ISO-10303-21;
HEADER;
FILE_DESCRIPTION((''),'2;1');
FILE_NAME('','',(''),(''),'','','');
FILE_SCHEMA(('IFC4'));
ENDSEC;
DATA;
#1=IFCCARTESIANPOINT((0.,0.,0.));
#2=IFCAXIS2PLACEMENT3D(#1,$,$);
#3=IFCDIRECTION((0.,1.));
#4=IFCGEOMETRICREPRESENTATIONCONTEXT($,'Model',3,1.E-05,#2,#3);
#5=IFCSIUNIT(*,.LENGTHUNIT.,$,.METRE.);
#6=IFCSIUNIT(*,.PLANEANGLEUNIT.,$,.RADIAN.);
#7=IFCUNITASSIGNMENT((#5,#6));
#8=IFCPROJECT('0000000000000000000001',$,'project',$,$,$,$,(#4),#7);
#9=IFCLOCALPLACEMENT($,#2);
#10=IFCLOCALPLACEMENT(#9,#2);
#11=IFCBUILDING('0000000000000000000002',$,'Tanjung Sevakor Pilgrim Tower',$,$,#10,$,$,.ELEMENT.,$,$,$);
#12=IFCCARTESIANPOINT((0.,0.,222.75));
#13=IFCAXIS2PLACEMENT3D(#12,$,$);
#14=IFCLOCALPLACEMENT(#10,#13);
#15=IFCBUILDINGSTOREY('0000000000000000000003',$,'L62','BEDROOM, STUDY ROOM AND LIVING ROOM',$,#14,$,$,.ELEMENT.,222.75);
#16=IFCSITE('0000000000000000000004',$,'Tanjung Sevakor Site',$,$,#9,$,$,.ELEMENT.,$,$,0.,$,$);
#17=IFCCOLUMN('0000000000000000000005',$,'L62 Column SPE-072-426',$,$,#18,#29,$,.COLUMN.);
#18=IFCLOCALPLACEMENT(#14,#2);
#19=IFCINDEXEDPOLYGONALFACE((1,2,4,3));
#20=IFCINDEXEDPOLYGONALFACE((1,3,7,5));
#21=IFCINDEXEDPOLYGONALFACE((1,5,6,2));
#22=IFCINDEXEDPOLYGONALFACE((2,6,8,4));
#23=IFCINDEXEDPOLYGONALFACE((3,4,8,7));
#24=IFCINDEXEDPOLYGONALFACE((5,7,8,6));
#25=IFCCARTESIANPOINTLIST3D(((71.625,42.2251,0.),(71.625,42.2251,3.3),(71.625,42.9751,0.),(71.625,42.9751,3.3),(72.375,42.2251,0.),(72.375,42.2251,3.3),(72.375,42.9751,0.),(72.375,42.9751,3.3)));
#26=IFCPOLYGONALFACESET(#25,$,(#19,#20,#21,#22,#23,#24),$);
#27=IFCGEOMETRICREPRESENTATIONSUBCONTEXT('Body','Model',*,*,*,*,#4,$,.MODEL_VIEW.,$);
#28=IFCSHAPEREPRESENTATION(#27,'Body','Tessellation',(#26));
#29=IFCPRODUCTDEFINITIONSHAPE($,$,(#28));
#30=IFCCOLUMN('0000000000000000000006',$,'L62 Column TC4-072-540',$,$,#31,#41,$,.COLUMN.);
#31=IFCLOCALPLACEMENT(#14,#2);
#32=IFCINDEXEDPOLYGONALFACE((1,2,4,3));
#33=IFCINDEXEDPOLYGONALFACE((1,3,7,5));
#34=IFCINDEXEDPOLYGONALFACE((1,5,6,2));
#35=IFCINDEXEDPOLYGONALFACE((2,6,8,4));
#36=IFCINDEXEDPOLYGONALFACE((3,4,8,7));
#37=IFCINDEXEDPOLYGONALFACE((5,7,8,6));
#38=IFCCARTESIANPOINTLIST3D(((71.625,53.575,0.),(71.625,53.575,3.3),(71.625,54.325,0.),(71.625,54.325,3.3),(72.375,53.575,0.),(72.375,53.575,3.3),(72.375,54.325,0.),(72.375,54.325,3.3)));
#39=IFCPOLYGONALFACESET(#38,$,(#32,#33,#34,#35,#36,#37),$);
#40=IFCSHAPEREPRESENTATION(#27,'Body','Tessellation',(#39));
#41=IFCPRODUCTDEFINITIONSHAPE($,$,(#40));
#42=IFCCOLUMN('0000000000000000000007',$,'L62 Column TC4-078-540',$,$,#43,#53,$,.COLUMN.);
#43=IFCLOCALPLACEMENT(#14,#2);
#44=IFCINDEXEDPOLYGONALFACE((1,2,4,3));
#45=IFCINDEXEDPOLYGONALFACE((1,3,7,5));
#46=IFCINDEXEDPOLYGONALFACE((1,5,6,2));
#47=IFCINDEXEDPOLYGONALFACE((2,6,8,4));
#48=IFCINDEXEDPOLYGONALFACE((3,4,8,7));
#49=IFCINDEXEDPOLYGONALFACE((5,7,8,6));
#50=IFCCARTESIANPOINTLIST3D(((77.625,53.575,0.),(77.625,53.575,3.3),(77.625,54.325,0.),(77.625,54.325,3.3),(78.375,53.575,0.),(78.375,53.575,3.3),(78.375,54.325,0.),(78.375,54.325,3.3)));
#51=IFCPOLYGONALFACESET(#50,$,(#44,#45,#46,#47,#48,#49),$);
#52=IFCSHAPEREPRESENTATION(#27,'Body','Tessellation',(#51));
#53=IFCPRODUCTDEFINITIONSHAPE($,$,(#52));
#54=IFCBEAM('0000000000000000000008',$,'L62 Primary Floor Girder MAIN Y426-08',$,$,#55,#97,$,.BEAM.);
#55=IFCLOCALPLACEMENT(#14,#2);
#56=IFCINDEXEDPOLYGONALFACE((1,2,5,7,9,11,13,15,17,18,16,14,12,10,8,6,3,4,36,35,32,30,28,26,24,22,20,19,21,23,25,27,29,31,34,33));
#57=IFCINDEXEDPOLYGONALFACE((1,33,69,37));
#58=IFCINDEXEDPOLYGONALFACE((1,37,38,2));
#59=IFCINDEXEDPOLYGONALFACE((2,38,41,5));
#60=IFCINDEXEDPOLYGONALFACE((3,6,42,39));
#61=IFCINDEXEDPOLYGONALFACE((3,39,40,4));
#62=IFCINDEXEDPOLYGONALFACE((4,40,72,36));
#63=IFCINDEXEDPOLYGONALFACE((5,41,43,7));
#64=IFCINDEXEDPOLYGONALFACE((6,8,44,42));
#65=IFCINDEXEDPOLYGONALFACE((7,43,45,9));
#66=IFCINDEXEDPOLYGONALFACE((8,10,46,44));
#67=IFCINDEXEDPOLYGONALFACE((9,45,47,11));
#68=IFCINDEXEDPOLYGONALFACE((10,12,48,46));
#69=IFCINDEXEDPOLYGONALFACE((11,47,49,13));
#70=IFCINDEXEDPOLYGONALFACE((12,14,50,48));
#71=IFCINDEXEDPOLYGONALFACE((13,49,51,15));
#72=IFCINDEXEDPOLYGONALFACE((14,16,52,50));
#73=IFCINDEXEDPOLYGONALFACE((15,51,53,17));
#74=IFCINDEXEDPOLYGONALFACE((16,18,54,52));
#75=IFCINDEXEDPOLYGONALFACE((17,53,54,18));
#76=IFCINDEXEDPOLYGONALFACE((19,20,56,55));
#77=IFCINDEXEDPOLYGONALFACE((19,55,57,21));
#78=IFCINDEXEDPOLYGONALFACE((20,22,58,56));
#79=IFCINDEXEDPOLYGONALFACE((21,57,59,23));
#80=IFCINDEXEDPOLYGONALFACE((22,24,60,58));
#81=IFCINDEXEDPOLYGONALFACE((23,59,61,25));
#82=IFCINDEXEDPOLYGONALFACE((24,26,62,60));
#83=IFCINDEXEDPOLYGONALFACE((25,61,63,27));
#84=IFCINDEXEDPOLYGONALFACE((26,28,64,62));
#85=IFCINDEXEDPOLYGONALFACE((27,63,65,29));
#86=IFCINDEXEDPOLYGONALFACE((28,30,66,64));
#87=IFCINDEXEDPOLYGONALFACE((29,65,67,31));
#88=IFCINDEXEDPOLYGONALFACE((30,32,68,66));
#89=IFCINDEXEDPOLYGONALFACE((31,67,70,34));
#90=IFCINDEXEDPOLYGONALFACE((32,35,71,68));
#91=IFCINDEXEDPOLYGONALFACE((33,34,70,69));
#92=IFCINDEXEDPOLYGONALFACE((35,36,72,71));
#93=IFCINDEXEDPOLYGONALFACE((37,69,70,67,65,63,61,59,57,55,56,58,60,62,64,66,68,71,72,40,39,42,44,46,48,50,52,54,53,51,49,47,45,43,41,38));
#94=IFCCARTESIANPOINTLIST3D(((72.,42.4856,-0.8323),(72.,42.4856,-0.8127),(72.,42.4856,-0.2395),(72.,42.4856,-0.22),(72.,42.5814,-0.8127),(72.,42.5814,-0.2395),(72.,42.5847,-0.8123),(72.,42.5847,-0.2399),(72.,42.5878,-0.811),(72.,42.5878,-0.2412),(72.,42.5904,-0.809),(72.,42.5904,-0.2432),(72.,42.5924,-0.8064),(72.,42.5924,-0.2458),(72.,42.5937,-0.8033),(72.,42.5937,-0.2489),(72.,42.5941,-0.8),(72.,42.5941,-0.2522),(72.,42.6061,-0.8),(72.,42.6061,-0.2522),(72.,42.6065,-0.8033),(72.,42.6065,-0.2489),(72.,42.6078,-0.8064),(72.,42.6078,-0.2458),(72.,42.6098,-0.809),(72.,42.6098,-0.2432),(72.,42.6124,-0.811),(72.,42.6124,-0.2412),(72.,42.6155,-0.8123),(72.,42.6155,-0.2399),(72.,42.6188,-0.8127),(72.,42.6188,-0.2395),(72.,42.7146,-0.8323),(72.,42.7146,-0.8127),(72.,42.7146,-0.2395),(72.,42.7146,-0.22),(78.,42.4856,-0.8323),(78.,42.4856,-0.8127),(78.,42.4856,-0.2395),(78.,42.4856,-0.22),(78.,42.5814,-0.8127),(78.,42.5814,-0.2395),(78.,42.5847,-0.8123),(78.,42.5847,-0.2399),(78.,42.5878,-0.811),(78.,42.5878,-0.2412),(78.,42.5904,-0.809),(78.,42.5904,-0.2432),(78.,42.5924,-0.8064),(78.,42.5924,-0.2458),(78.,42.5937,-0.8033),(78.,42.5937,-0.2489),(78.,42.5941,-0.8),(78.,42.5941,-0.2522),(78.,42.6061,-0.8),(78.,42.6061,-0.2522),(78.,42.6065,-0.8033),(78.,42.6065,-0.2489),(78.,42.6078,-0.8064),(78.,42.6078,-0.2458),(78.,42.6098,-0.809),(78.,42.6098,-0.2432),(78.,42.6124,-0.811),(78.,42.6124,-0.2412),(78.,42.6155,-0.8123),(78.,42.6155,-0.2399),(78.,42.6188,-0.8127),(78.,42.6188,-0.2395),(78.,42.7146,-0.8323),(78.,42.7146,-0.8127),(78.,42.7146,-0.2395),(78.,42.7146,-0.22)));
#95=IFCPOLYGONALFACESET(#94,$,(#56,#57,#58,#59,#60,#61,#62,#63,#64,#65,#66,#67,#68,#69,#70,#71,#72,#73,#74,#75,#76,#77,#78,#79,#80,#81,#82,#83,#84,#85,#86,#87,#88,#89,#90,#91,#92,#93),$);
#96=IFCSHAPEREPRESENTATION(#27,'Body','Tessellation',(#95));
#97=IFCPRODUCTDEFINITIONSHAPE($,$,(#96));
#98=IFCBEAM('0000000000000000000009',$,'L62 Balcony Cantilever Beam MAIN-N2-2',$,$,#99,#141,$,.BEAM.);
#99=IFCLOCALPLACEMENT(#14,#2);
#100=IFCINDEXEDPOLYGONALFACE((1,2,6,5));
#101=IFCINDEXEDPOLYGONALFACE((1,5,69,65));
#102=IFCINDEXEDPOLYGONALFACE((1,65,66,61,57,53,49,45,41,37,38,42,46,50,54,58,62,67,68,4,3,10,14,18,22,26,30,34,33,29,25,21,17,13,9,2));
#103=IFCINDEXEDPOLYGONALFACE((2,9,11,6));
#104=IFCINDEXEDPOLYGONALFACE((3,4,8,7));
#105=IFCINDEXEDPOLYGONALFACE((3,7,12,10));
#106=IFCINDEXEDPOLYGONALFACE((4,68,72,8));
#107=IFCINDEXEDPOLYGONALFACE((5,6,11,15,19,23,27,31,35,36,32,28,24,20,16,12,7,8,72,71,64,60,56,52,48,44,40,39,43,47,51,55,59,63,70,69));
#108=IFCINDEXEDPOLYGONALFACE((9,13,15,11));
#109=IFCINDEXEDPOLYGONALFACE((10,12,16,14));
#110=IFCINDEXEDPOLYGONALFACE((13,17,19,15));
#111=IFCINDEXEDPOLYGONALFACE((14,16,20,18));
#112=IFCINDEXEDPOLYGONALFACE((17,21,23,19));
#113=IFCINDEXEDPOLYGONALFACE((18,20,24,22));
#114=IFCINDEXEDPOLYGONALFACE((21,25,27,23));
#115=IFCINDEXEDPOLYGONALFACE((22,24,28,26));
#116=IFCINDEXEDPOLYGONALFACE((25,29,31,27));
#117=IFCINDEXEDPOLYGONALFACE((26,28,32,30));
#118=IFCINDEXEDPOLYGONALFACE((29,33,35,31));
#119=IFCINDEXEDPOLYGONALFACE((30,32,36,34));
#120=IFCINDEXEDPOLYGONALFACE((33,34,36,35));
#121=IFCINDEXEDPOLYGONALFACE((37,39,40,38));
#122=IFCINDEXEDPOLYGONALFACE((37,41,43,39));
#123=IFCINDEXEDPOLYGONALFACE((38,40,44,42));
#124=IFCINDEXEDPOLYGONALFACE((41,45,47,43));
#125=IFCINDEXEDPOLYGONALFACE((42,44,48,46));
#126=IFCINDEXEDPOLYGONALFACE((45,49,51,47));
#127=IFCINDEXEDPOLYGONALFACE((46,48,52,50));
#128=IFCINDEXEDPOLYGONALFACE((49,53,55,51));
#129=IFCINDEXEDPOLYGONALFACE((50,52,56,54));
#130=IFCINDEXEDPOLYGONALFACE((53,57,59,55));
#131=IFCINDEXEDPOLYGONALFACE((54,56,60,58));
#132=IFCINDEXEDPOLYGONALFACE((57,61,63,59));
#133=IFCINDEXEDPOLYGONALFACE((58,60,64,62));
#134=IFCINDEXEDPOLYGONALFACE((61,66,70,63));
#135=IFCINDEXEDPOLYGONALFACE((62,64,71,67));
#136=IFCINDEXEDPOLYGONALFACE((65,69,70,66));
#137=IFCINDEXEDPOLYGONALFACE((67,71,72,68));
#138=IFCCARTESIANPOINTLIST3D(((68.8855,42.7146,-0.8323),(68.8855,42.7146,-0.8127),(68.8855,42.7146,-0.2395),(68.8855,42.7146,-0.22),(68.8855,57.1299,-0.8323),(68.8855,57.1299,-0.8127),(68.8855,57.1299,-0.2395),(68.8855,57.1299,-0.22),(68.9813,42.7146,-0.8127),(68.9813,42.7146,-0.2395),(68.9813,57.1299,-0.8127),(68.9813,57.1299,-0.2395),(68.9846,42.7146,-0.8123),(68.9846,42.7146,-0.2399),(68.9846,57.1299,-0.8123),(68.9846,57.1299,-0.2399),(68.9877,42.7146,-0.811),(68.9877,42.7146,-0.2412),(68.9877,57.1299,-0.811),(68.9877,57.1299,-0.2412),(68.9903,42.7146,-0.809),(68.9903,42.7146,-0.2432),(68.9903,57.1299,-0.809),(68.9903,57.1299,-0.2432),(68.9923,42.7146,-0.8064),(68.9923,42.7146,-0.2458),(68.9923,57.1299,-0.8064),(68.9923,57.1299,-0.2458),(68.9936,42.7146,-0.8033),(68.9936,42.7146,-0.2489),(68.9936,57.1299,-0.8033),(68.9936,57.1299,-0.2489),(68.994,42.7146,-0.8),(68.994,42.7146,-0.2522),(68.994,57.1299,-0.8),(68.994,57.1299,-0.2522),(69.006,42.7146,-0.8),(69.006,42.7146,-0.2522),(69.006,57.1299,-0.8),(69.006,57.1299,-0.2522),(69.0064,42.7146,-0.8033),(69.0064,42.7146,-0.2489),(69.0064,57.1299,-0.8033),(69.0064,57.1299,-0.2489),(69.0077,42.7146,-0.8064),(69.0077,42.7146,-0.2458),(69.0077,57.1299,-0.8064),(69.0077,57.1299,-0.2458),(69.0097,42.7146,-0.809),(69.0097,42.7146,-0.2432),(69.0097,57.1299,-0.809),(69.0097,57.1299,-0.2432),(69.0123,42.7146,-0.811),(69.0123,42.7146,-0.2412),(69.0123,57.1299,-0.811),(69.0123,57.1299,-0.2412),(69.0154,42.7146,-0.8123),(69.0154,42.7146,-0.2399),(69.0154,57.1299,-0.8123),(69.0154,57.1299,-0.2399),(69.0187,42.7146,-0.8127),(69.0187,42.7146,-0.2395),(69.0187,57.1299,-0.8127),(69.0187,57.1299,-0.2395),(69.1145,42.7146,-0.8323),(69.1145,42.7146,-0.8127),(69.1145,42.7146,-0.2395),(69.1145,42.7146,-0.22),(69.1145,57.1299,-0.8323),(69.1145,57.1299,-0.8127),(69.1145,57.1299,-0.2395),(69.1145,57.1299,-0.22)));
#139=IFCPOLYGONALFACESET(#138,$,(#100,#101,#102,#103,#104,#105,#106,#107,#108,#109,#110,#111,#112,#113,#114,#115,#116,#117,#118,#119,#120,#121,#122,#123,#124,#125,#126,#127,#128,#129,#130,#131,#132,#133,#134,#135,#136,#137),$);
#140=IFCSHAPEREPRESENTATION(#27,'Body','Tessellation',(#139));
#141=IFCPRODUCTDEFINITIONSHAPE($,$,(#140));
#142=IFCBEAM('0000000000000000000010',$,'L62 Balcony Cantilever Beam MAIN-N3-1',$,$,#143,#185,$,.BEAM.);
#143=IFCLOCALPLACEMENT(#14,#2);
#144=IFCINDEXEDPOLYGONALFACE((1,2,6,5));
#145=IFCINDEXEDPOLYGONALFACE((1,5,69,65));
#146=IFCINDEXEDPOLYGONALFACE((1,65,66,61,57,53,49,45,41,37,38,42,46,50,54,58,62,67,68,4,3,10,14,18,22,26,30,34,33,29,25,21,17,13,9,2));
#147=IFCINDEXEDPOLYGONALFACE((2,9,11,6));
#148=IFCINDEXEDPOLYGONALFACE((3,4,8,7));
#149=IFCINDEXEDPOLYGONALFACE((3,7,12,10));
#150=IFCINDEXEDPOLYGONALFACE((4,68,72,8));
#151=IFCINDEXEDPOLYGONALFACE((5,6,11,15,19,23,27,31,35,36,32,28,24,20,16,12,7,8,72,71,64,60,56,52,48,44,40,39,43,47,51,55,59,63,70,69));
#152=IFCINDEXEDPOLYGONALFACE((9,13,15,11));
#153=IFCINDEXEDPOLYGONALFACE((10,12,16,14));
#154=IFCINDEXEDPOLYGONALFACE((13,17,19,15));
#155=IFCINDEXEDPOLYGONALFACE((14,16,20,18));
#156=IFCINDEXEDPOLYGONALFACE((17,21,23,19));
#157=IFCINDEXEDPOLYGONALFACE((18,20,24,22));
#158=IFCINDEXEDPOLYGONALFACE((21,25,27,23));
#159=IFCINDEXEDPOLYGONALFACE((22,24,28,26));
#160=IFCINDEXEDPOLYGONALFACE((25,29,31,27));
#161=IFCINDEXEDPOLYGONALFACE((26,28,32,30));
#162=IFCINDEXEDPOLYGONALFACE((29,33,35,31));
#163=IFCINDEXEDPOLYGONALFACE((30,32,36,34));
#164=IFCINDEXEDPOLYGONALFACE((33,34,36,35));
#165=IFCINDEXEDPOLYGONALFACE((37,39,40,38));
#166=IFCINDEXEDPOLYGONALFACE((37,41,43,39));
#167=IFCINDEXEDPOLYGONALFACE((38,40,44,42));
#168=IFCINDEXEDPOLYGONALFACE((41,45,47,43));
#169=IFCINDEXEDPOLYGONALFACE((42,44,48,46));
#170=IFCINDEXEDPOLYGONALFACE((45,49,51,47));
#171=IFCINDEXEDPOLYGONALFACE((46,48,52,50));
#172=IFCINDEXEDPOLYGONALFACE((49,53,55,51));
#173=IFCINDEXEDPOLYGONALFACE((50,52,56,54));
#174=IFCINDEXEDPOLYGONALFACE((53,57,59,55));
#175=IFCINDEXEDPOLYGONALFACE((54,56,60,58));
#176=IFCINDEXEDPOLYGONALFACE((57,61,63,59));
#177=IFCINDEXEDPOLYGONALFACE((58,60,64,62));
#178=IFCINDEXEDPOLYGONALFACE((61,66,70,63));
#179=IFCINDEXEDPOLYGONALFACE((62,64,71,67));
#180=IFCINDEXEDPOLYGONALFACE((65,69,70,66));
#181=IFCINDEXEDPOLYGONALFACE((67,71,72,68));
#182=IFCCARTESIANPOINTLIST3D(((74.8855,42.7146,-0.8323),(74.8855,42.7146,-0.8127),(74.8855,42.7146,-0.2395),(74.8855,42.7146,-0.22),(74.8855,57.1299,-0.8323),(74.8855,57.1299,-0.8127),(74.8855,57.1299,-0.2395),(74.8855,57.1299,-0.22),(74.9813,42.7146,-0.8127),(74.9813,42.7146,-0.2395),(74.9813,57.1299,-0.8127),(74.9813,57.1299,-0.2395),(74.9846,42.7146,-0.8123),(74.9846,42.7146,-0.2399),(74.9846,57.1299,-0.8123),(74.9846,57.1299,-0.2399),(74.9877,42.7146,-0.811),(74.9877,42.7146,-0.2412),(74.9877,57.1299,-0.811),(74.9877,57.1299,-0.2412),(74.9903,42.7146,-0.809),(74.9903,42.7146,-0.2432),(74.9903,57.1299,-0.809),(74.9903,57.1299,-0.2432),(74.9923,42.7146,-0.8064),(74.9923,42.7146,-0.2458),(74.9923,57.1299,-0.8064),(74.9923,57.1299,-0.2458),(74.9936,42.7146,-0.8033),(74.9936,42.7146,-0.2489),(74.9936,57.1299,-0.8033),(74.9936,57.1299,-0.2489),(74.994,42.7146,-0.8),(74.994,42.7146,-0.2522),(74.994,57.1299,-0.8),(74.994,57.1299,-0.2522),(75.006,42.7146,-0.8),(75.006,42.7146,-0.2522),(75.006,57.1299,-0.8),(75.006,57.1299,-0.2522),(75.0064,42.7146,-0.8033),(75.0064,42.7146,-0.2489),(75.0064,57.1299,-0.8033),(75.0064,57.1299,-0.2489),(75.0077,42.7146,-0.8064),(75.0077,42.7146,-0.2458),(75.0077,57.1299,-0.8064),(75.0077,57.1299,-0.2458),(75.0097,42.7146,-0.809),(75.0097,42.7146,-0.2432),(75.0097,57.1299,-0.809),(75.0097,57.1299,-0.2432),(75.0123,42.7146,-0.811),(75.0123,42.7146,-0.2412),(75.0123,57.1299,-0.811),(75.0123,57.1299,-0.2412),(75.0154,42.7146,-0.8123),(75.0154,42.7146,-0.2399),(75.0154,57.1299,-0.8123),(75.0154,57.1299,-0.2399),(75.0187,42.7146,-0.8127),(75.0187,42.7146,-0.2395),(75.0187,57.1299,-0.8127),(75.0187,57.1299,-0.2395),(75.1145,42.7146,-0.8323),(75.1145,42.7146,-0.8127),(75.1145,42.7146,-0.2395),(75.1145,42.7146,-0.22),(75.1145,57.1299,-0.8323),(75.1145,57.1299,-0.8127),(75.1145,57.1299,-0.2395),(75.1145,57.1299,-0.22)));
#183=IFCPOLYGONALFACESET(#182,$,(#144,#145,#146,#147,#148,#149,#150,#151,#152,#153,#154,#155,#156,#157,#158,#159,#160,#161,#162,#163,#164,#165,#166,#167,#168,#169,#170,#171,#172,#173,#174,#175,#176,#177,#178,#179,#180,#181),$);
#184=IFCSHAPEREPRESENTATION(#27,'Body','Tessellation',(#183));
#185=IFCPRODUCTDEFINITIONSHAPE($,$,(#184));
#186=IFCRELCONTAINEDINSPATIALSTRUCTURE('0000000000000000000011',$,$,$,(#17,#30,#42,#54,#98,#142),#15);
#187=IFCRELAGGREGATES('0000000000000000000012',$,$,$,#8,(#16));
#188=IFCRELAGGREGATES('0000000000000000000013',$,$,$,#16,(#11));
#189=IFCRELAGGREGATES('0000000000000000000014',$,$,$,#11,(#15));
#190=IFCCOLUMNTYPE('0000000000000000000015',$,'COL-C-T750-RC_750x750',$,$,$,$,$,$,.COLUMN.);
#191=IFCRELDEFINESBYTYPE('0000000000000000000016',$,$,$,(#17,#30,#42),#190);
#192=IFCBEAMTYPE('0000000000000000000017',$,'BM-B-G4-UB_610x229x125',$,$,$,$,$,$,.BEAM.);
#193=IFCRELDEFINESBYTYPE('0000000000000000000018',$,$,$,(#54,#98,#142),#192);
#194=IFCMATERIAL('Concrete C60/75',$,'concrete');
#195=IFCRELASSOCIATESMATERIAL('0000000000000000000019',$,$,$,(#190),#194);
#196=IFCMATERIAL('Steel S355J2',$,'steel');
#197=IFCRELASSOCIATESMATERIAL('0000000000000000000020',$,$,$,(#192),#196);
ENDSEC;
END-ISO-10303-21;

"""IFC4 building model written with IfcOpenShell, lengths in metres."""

from ifc_helpers import new_model, si_unit, direction, frame, origin, origin_2d, place, context, subcontext, project, spatial, rectangle, i_section, extrude, material, material_profile, profile_set, type_object, element, save


model = new_model("IFC4")

# Units and contexts
model_context = context("Model", 3, precision=1e-05, world=origin(), true_north=direction((0.0, 1.0)))
body_context = subcontext(model_context, "Body", "Model", "MODEL_VIEW")
ifc_project = project(units=[si_unit("LENGTHUNIT", "METRE"), si_unit("PLANEANGLEUNIT", "RADIAN")], contexts=[model_context])

# Site, building, storey
site_placement = place(None, origin())
site = spatial("IfcSite", under=ifc_project, at=site_placement, Name="Tanjung Sevakor Site", CompositionType="ELEMENT", RefElevation=0.0)
building_placement = place(site_placement, origin())
building = spatial("IfcBuilding", under=site, at=building_placement, Name="Tanjung Sevakor Pilgrim Tower", CompositionType="ELEMENT")
storey_placement = place(building_placement, frame((0.0, 0.0, 222.75)))
storey = spatial("IfcBuildingStorey", under=building, at=storey_placement, Name="L62", Description="BEDROOM, STUDY ROOM AND LIVING ROOM", CompositionType="ELEMENT", Elevation=222.75)

# Columns
ifc_material_1 = material(Name="Concrete C60/75", Category="concrete")
ifc_material_profile_1 = material_profile(ifc_material_1, rectangle(XDim=0.75, YDim=0.75, at=origin_2d()))
ifc_profile_set_1 = profile_set([ifc_material_profile_1], Name="Concrete C60/75")
column_type = type_object("IfcColumnType", Name="COL-C-T750-RC_750x750", PredefinedType="COLUMN", material=ifc_profile_set_1)
for number, where, z_axis, x_axis, name in (
    (1, (72.0, 42.6001, 0.0), (0.0, 0.0, 1.0), (1.0, 0.0, 0.0), "L62 Column SPE-072-426"),
    (2, (72.0, 53.95, 0.0), (0.0, 0.0, 1.0), (1.0, 0.0, 0.0), "L62 Column TC4-072-540"),
    (3, (78.0, 53.95, 0.0), (0.0, 0.0, 1.0), (1.0, 0.0, 0.0), "L62 Column TC4-078-540"),
):
    element("IfcColumn", number, at=place(storey_placement, frame(where, z_axis=z_axis, x_axis=x_axis)), inside=storey, type_object=column_type, Name=name, PredefinedType="COLUMN", context=body_context, shape_type="SweptSolid", body=[
        extrude(rectangle(XDim=0.75, YDim=0.75, at=origin_2d()), origin(), (0.0, 0.0, 1.0), 3.3),
    ])

# Beams
ifc_material_2 = material(Name="Steel S355J2", Category="steel")
ifc_material_profile_2 = material_profile(ifc_material_2, i_section(OverallWidth=0.229, OverallDepth=0.6123, WebThickness=0.012, FlangeThickness=0.0195, FilletRadius=0.0127, at=origin_2d()))
ifc_profile_set_2 = profile_set([ifc_material_profile_2], Name="Steel S355J2")
beam_type_1 = type_object("IfcBeamType", Name="BM-B-G4-UB_610x229x125", PredefinedType="BEAM", material=ifc_profile_set_2)
beam_1_placement = place(storey_placement, frame((72.0, 42.6001, -0.5261), z_axis=(1.0, 0.0, 0.0), x_axis=(0.0, 1.0, 0.0)))
element("IfcBeam", 4, at=beam_1_placement, inside=storey, type_object=beam_type_1, Name="L62 Primary Floor Girder MAIN Y426-08", PredefinedType="BEAM", context=body_context, shape_type="SweptSolid", body=[
    extrude(i_section(OverallWidth=0.229, OverallDepth=0.6123, WebThickness=0.012, FlangeThickness=0.0195, FilletRadius=0.0127, at=origin_2d()), origin(), (0.0, 0.0, 1.0), 6.0),
])
for number, where, z_axis, x_axis, name in (
    (5, (69.0, 42.7146, -0.5261), (0.0, 1.0, 0.0), (-1.0, 0.0, 0.0), "L62 Balcony Cantilever Beam MAIN-N2-2"),
    (6, (75.0, 42.7146, -0.5261), (0.0, 1.0, 0.0), (-1.0, 0.0, 0.0), "L62 Balcony Cantilever Beam MAIN-N3-1"),
):
    element("IfcBeam", number, at=place(storey_placement, frame(where, z_axis=z_axis, x_axis=x_axis)), inside=storey, type_object=beam_type_1, Name=name, PredefinedType="BEAM", context=body_context, shape_type="SweptSolid", body=[
        extrude(i_section(OverallWidth=0.229, OverallDepth=0.6123, WebThickness=0.012, FlangeThickness=0.0195, FilletRadius=0.0127, at=origin_2d()), origin(), (0.0, 0.0, 1.0), 14.4153),
    ])

save(model, "model.ifc")
